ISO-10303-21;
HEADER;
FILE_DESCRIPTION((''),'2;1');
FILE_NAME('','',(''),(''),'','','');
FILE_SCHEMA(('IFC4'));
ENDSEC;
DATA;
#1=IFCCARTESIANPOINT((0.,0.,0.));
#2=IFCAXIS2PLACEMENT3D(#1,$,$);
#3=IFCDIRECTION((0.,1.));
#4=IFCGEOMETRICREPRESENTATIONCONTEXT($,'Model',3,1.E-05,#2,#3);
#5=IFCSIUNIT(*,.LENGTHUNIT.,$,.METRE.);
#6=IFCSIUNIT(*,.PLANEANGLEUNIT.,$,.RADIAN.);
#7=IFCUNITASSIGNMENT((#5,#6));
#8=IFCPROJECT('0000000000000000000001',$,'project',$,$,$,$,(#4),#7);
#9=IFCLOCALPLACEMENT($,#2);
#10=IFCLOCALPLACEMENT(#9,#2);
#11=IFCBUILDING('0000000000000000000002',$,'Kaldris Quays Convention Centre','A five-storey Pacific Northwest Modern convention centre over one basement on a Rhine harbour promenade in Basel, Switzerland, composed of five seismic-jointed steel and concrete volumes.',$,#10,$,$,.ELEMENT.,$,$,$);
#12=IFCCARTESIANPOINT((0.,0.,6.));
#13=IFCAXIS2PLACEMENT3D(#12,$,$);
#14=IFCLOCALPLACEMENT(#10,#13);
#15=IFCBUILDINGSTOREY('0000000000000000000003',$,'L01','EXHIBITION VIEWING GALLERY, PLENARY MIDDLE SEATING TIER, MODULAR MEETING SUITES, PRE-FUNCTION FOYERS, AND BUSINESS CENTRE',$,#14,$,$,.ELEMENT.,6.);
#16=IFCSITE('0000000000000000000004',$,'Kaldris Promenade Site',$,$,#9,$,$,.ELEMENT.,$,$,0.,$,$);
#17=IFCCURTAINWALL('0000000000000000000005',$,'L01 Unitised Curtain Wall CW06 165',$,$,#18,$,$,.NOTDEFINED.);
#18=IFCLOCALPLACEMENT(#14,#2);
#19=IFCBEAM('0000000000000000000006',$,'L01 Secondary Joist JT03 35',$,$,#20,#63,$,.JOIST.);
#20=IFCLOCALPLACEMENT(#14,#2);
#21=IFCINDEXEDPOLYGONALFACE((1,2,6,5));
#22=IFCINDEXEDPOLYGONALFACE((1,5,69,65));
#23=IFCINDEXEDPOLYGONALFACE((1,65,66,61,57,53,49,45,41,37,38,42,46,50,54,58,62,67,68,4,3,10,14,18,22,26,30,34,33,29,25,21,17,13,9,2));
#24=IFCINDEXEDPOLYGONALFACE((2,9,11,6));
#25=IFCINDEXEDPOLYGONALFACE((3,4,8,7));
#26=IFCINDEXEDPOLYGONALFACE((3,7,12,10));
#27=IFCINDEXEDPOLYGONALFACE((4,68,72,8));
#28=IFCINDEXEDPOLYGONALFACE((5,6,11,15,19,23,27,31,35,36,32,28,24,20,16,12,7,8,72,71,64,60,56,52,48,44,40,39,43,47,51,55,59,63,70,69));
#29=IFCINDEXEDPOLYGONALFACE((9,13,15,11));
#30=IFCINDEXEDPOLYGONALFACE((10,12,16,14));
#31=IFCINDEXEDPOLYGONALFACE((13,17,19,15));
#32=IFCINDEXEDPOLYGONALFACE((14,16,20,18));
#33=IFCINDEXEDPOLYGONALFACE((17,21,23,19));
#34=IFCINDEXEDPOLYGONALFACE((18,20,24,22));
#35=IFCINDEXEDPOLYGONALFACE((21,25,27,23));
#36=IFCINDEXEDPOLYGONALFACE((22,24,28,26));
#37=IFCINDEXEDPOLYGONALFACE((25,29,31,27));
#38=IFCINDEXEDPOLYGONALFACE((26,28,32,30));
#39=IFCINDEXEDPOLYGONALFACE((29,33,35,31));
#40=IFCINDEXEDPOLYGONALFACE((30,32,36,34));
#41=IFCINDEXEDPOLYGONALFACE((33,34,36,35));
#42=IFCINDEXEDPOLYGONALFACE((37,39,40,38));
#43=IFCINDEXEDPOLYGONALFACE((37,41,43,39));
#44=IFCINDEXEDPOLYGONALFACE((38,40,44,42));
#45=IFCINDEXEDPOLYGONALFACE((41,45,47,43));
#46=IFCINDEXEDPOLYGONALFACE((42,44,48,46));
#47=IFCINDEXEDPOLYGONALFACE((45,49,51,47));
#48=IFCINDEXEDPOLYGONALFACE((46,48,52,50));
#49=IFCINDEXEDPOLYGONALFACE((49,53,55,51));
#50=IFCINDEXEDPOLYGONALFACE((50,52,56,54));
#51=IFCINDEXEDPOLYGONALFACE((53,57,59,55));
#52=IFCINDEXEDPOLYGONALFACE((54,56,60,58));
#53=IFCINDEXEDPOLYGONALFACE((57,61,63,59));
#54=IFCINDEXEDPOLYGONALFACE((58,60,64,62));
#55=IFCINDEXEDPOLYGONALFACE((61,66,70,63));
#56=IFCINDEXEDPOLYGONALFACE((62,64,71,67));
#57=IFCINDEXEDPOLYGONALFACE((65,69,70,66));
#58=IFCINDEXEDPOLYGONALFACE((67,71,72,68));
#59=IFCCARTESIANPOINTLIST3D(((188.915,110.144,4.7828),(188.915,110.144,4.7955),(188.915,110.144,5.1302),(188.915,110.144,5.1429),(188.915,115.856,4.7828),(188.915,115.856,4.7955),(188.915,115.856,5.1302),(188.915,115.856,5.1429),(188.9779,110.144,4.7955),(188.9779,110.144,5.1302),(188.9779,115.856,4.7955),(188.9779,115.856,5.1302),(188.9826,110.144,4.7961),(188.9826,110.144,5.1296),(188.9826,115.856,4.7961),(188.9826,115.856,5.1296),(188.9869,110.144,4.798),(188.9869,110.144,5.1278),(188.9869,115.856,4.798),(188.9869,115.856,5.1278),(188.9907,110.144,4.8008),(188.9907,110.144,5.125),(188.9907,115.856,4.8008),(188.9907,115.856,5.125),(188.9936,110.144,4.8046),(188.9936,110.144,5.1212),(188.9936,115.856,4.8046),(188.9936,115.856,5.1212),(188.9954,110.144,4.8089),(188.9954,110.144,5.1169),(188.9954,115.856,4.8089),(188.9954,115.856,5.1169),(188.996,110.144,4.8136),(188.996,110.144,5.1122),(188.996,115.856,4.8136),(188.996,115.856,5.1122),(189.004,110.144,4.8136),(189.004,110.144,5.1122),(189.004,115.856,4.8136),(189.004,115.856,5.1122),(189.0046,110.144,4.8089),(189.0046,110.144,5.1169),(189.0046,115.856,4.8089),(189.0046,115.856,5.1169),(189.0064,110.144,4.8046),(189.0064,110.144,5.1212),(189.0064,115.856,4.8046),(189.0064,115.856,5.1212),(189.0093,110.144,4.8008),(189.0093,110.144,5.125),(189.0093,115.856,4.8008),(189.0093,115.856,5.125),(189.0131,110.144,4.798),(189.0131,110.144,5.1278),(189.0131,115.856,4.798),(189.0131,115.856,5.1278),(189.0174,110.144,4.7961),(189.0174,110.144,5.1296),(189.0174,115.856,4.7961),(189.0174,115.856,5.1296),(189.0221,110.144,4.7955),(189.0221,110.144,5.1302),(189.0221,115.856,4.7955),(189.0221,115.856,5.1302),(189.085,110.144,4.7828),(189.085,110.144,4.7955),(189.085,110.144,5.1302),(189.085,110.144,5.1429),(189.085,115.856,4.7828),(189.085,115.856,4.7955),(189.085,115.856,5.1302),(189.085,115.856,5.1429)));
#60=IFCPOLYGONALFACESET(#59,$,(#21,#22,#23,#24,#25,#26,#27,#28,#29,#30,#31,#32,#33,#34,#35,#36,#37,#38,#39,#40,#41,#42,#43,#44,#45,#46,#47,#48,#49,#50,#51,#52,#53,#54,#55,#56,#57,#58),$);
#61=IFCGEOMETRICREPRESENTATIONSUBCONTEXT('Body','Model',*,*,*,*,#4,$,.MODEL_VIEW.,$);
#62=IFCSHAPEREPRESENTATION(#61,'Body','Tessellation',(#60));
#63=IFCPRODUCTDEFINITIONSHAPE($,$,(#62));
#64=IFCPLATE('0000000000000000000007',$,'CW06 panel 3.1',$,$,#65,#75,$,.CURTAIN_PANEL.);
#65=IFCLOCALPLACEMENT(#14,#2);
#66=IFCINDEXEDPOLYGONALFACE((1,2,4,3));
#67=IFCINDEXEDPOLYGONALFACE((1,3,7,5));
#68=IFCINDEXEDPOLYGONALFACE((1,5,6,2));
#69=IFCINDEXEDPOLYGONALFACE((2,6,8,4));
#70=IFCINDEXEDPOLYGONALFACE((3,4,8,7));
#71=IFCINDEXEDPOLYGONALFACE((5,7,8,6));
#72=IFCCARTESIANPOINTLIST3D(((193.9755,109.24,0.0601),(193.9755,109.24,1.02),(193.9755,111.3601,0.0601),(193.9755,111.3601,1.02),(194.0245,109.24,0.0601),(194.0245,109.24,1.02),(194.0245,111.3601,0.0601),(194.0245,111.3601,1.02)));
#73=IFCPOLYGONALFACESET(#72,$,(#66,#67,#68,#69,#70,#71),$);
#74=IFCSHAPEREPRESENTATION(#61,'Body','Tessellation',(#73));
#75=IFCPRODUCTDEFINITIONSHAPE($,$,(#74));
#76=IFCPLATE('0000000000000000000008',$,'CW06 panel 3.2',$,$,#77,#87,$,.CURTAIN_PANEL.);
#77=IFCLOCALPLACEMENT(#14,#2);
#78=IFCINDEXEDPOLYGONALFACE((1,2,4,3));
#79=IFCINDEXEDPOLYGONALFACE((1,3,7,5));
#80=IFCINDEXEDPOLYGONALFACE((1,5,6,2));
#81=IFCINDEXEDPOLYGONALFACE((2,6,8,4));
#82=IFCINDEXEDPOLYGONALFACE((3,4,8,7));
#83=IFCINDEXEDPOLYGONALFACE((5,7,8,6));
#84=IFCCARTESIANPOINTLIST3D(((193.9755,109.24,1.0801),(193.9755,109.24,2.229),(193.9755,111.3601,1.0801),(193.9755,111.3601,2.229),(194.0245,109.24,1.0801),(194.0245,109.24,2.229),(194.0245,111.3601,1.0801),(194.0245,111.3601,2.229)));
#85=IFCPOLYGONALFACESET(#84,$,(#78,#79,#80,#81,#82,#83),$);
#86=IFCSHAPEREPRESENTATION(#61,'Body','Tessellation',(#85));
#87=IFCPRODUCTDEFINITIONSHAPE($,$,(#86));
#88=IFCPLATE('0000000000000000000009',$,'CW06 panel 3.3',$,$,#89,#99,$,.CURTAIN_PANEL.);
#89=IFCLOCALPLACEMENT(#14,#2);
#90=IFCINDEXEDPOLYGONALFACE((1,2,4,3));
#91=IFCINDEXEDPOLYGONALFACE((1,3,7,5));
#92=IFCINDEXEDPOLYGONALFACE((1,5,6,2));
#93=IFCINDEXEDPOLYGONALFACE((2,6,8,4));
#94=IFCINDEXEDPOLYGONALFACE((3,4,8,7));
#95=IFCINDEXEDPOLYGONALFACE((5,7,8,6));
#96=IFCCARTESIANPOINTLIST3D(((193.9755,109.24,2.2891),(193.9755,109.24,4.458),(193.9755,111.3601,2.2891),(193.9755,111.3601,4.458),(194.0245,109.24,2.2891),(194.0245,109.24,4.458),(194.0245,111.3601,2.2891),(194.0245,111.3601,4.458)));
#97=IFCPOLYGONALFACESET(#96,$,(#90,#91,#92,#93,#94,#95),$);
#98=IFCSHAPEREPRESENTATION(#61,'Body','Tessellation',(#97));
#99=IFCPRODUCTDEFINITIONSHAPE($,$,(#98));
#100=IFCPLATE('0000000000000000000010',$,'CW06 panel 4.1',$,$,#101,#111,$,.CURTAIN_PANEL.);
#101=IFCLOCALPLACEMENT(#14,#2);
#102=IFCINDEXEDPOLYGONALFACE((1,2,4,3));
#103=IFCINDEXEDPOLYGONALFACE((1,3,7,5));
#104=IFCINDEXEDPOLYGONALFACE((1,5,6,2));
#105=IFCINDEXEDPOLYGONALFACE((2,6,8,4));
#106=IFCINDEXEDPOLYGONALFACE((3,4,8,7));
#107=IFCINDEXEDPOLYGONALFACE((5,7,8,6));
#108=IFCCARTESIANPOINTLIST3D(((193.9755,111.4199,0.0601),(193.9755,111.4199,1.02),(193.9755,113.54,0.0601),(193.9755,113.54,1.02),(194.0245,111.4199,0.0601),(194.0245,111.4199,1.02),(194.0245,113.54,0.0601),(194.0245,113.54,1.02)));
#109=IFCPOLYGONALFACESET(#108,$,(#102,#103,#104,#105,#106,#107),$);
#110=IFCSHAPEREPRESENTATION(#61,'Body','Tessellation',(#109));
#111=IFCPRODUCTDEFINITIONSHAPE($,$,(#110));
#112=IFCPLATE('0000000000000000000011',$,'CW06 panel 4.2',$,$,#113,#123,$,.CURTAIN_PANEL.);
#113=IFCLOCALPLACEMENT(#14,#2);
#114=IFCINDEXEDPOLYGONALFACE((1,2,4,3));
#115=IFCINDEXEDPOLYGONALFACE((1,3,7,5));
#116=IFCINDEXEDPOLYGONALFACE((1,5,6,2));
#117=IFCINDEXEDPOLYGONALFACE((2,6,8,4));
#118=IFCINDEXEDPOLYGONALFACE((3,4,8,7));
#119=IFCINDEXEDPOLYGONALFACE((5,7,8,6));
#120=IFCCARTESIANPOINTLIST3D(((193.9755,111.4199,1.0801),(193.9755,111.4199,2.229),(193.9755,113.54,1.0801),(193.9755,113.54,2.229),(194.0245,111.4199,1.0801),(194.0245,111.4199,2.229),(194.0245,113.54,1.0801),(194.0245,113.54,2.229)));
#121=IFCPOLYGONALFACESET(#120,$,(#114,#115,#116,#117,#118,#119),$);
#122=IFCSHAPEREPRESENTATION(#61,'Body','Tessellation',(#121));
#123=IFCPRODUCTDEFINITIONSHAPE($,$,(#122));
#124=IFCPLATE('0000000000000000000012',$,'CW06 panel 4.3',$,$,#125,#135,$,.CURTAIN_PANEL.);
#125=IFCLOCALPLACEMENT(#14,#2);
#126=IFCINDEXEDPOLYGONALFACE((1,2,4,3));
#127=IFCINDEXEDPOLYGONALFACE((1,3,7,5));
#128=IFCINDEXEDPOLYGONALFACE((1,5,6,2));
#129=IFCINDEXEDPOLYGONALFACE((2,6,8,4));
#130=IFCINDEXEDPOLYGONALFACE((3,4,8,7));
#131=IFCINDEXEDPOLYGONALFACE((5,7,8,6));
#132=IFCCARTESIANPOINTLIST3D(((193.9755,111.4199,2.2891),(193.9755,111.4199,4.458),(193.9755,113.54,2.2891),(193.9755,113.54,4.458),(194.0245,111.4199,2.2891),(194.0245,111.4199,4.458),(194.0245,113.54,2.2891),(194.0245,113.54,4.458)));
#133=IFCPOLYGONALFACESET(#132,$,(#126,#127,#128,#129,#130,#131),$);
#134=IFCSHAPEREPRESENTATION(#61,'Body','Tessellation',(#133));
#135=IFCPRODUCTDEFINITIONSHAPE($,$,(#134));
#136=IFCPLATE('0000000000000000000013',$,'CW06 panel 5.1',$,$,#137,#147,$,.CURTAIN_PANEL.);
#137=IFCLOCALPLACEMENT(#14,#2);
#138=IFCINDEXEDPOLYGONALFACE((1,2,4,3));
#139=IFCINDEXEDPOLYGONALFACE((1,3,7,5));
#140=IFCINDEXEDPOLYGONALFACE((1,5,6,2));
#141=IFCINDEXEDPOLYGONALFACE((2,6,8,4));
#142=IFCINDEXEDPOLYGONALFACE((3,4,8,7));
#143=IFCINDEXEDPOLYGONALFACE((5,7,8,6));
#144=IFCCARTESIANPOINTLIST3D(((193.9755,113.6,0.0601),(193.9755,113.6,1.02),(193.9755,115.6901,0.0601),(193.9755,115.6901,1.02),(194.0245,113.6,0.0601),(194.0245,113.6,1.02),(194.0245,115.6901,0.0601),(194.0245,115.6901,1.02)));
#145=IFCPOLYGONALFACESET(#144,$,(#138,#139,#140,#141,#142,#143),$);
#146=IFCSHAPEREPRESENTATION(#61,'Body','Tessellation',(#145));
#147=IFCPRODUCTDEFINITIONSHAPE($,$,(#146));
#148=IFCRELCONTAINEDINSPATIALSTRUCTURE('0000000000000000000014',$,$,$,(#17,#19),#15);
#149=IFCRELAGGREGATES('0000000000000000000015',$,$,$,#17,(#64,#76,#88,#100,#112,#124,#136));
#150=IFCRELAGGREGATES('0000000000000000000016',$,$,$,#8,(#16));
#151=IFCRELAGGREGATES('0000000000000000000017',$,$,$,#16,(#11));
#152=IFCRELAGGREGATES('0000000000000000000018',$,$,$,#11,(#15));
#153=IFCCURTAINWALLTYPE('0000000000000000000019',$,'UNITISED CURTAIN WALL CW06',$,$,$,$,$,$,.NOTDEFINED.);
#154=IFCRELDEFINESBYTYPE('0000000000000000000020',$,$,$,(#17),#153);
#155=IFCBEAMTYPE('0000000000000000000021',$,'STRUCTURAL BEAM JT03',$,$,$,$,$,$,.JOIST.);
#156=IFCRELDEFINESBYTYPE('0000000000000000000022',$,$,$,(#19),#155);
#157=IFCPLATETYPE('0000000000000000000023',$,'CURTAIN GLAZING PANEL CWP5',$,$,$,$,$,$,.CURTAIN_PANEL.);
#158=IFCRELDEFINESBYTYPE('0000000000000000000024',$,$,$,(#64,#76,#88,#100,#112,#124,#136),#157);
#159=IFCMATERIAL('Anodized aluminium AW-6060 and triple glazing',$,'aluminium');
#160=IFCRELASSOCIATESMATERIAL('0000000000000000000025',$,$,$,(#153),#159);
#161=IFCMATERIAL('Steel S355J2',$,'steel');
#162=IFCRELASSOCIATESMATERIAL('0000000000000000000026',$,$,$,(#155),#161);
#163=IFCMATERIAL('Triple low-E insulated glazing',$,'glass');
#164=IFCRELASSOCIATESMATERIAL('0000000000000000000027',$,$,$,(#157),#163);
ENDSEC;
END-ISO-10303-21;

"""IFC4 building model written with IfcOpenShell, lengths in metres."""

from ifc_helpers import new_model, si_unit, direction, frame, origin, origin_2d, place, context, subcontext, project, spatial, rectangle, i_section, extrude, material, material_profile, profile_set, type_object, element, aggregate, save


model = new_model("IFC4")

# Units and contexts
model_context = context("Model", 3, precision=1e-05, world=origin(), true_north=direction((0.0, 1.0)))
body_context = subcontext(model_context, "Body", "Model", "MODEL_VIEW")
ifc_project = project(units=[si_unit("LENGTHUNIT", "METRE"), si_unit("PLANEANGLEUNIT", "RADIAN")], contexts=[model_context])

# Site, building, storey
site_placement = place(None, origin())
site = spatial("IfcSite", under=ifc_project, at=site_placement, Name="Kaldris Promenade Site", CompositionType="ELEMENT", RefElevation=0.0)
building_placement = place(site_placement, origin())
building = spatial("IfcBuilding", under=site, at=building_placement, Name="Kaldris Quays Convention Centre", Description="A five-storey Pacific Northwest Modern convention centre over one basement on a Rhine harbour promenade in Basel, Switzerland, composed of five seismic-jointed steel and concrete volumes.", CompositionType="ELEMENT")
storey_placement = place(building_placement, frame((0.0, 0.0, 6.0)))
storey = spatial("IfcBuildingStorey", under=building, at=storey_placement, Name="L01", Description="EXHIBITION VIEWING GALLERY, PLENARY MIDDLE SEATING TIER, MODULAR MEETING SUITES, PRE-FUNCTION FOYERS, AND BUSINESS CENTRE", CompositionType="ELEMENT", Elevation=6.0)

# Shared definitions
ifc_material_1 = material(Name="Steel S355J2", Category="steel")

# Curtain wall
ifc_material_2 = material(Name="Anodized aluminium AW-6060 and triple glazing", Category="aluminium")
curtain_wall_type = type_object("IfcCurtainWallType", Name="UNITISED CURTAIN WALL CW06", PredefinedType="NOTDEFINED", material=ifc_material_2)
curtain_wall_placement = place(storey_placement, origin())
curtain_wall = element("IfcCurtainWall", 1, at=curtain_wall_placement, inside=storey, type_object=curtain_wall_type, Name="L01 Unitised Curtain Wall CW06 165", PredefinedType="NOTDEFINED")

# Beam
ifc_material_profile_1 = material_profile(ifc_material_1, i_section(OverallWidth=0.1699, OverallDepth=0.3601, WebThickness=0.0081, FlangeThickness=0.0127, FilletRadius=0.0181, at=origin_2d()), Name="IPE 360")
ifc_profile_set_1 = profile_set([ifc_material_profile_1], Name="Steel S355J2")
beam_type_1 = type_object("IfcBeamType", Name="STRUCTURAL BEAM JT03", PredefinedType="JOIST", material=ifc_profile_set_1)
beam_1_placement = place(storey_placement, frame((189.0, 110.144, 4.9629), z_axis=(0.0, 1.0, 0.0), x_axis=(-1.0, 0.0, 0.0)))
element("IfcBeam", 2, at=beam_1_placement, inside=storey, type_object=beam_type_1, Name="L01 Secondary Joist JT03 35", PredefinedType="JOIST", context=body_context, shape_type="SweptSolid", body=[
    extrude(i_section(OverallWidth=0.1699, OverallDepth=0.3601, WebThickness=0.0081, FlangeThickness=0.0127, FilletRadius=0.0181, at=origin_2d()), origin(), (0.0, 0.0, 1.0), 5.7119),
])

# Plates
ifc_material_3 = material(Name="Triple low-E insulated glazing", Category="glass")
plate_type = type_object("IfcPlateType", Name="CURTAIN GLAZING PANEL CWP5", PredefinedType="CURTAIN_PANEL", material=ifc_material_3)
plate_1_placement = place(storey_placement, frame((194.0, 110.3, 0.0601), z_axis=(0.0, 0.0, 1.0), x_axis=(0.0, 1.0, 0.0)))
plate_1 = element("IfcPlate", 3, at=plate_1_placement, type_object=plate_type, Name="CW06 panel 3.1", PredefinedType="CURTAIN_PANEL", context=body_context, shape_type="SweptSolid", body=[
    extrude(rectangle(XDim=2.1201, YDim=0.0491, at=origin_2d()), origin(), (0.0, 0.0, 1.0), 0.96),
])
plate_2_placement = place(storey_placement, frame((194.0, 110.3, 1.0801), z_axis=(0.0, 0.0, 1.0), x_axis=(0.0, 1.0, 0.0)))
plate_2 = element("IfcPlate", 4, at=plate_2_placement, type_object=plate_type, Name="CW06 panel 3.2", PredefinedType="CURTAIN_PANEL", context=body_context, shape_type="SweptSolid", body=[
    extrude(rectangle(XDim=2.1201, YDim=0.0491, at=origin_2d()), origin(), (0.0, 0.0, 1.0), 1.1489),
])
plate_3_placement = place(storey_placement, frame((194.0, 110.3, 2.2891), z_axis=(0.0, 0.0, 1.0), x_axis=(0.0, 1.0, 0.0)))
plate_3 = element("IfcPlate", 5, at=plate_3_placement, type_object=plate_type, Name="CW06 panel 3.3", PredefinedType="CURTAIN_PANEL", context=body_context, shape_type="SweptSolid", body=[
    extrude(rectangle(XDim=2.1201, YDim=0.0491, at=origin_2d()), origin(), (0.0, 0.0, 1.0), 2.1689),
])
plate_4_placement = place(storey_placement, frame((194.0, 112.48, 0.0601), z_axis=(0.0, 0.0, 1.0), x_axis=(0.0, 1.0, 0.0)))
plate_4 = element("IfcPlate", 6, at=plate_4_placement, type_object=plate_type, Name="CW06 panel 4.1", PredefinedType="CURTAIN_PANEL", context=body_context, shape_type="SweptSolid", body=[
    extrude(rectangle(XDim=2.1201, YDim=0.0491, at=origin_2d()), origin(), (0.0, 0.0, 1.0), 0.96),
])
plate_5_placement = place(storey_placement, frame((194.0, 112.48, 1.0801), z_axis=(0.0, 0.0, 1.0), x_axis=(0.0, 1.0, 0.0)))
plate_5 = element("IfcPlate", 7, at=plate_5_placement, type_object=plate_type, Name="CW06 panel 4.2", PredefinedType="CURTAIN_PANEL", context=body_context, shape_type="SweptSolid", body=[
    extrude(rectangle(XDim=2.1201, YDim=0.0491, at=origin_2d()), origin(), (0.0, 0.0, 1.0), 1.1489),
])
plate_6_placement = place(storey_placement, frame((194.0, 112.48, 2.2891), z_axis=(0.0, 0.0, 1.0), x_axis=(0.0, 1.0, 0.0)))
plate_6 = element("IfcPlate", 8, at=plate_6_placement, type_object=plate_type, Name="CW06 panel 4.3", PredefinedType="CURTAIN_PANEL", context=body_context, shape_type="SweptSolid", body=[
    extrude(rectangle(XDim=2.1201, YDim=0.0491, at=origin_2d()), origin(), (0.0, 0.0, 1.0), 2.1689),
])
plate_7_placement = place(storey_placement, frame((194.0, 114.645, 0.0601), z_axis=(0.0, 0.0, 1.0), x_axis=(0.0, 1.0, 0.0)))
plate_7 = element("IfcPlate", 9, at=plate_7_placement, type_object=plate_type, Name="CW06 panel 5.1", PredefinedType="CURTAIN_PANEL", context=body_context, shape_type="SweptSolid", body=[
    extrude(rectangle(XDim=2.0901, YDim=0.0491, at=origin_2d()), origin(), (0.0, 0.0, 1.0), 0.96),
])
aggregate(curtain_wall, [plate_1, plate_2, plate_3, plate_4, plate_5, plate_6, plate_7])

save(model, "model.ifc")
